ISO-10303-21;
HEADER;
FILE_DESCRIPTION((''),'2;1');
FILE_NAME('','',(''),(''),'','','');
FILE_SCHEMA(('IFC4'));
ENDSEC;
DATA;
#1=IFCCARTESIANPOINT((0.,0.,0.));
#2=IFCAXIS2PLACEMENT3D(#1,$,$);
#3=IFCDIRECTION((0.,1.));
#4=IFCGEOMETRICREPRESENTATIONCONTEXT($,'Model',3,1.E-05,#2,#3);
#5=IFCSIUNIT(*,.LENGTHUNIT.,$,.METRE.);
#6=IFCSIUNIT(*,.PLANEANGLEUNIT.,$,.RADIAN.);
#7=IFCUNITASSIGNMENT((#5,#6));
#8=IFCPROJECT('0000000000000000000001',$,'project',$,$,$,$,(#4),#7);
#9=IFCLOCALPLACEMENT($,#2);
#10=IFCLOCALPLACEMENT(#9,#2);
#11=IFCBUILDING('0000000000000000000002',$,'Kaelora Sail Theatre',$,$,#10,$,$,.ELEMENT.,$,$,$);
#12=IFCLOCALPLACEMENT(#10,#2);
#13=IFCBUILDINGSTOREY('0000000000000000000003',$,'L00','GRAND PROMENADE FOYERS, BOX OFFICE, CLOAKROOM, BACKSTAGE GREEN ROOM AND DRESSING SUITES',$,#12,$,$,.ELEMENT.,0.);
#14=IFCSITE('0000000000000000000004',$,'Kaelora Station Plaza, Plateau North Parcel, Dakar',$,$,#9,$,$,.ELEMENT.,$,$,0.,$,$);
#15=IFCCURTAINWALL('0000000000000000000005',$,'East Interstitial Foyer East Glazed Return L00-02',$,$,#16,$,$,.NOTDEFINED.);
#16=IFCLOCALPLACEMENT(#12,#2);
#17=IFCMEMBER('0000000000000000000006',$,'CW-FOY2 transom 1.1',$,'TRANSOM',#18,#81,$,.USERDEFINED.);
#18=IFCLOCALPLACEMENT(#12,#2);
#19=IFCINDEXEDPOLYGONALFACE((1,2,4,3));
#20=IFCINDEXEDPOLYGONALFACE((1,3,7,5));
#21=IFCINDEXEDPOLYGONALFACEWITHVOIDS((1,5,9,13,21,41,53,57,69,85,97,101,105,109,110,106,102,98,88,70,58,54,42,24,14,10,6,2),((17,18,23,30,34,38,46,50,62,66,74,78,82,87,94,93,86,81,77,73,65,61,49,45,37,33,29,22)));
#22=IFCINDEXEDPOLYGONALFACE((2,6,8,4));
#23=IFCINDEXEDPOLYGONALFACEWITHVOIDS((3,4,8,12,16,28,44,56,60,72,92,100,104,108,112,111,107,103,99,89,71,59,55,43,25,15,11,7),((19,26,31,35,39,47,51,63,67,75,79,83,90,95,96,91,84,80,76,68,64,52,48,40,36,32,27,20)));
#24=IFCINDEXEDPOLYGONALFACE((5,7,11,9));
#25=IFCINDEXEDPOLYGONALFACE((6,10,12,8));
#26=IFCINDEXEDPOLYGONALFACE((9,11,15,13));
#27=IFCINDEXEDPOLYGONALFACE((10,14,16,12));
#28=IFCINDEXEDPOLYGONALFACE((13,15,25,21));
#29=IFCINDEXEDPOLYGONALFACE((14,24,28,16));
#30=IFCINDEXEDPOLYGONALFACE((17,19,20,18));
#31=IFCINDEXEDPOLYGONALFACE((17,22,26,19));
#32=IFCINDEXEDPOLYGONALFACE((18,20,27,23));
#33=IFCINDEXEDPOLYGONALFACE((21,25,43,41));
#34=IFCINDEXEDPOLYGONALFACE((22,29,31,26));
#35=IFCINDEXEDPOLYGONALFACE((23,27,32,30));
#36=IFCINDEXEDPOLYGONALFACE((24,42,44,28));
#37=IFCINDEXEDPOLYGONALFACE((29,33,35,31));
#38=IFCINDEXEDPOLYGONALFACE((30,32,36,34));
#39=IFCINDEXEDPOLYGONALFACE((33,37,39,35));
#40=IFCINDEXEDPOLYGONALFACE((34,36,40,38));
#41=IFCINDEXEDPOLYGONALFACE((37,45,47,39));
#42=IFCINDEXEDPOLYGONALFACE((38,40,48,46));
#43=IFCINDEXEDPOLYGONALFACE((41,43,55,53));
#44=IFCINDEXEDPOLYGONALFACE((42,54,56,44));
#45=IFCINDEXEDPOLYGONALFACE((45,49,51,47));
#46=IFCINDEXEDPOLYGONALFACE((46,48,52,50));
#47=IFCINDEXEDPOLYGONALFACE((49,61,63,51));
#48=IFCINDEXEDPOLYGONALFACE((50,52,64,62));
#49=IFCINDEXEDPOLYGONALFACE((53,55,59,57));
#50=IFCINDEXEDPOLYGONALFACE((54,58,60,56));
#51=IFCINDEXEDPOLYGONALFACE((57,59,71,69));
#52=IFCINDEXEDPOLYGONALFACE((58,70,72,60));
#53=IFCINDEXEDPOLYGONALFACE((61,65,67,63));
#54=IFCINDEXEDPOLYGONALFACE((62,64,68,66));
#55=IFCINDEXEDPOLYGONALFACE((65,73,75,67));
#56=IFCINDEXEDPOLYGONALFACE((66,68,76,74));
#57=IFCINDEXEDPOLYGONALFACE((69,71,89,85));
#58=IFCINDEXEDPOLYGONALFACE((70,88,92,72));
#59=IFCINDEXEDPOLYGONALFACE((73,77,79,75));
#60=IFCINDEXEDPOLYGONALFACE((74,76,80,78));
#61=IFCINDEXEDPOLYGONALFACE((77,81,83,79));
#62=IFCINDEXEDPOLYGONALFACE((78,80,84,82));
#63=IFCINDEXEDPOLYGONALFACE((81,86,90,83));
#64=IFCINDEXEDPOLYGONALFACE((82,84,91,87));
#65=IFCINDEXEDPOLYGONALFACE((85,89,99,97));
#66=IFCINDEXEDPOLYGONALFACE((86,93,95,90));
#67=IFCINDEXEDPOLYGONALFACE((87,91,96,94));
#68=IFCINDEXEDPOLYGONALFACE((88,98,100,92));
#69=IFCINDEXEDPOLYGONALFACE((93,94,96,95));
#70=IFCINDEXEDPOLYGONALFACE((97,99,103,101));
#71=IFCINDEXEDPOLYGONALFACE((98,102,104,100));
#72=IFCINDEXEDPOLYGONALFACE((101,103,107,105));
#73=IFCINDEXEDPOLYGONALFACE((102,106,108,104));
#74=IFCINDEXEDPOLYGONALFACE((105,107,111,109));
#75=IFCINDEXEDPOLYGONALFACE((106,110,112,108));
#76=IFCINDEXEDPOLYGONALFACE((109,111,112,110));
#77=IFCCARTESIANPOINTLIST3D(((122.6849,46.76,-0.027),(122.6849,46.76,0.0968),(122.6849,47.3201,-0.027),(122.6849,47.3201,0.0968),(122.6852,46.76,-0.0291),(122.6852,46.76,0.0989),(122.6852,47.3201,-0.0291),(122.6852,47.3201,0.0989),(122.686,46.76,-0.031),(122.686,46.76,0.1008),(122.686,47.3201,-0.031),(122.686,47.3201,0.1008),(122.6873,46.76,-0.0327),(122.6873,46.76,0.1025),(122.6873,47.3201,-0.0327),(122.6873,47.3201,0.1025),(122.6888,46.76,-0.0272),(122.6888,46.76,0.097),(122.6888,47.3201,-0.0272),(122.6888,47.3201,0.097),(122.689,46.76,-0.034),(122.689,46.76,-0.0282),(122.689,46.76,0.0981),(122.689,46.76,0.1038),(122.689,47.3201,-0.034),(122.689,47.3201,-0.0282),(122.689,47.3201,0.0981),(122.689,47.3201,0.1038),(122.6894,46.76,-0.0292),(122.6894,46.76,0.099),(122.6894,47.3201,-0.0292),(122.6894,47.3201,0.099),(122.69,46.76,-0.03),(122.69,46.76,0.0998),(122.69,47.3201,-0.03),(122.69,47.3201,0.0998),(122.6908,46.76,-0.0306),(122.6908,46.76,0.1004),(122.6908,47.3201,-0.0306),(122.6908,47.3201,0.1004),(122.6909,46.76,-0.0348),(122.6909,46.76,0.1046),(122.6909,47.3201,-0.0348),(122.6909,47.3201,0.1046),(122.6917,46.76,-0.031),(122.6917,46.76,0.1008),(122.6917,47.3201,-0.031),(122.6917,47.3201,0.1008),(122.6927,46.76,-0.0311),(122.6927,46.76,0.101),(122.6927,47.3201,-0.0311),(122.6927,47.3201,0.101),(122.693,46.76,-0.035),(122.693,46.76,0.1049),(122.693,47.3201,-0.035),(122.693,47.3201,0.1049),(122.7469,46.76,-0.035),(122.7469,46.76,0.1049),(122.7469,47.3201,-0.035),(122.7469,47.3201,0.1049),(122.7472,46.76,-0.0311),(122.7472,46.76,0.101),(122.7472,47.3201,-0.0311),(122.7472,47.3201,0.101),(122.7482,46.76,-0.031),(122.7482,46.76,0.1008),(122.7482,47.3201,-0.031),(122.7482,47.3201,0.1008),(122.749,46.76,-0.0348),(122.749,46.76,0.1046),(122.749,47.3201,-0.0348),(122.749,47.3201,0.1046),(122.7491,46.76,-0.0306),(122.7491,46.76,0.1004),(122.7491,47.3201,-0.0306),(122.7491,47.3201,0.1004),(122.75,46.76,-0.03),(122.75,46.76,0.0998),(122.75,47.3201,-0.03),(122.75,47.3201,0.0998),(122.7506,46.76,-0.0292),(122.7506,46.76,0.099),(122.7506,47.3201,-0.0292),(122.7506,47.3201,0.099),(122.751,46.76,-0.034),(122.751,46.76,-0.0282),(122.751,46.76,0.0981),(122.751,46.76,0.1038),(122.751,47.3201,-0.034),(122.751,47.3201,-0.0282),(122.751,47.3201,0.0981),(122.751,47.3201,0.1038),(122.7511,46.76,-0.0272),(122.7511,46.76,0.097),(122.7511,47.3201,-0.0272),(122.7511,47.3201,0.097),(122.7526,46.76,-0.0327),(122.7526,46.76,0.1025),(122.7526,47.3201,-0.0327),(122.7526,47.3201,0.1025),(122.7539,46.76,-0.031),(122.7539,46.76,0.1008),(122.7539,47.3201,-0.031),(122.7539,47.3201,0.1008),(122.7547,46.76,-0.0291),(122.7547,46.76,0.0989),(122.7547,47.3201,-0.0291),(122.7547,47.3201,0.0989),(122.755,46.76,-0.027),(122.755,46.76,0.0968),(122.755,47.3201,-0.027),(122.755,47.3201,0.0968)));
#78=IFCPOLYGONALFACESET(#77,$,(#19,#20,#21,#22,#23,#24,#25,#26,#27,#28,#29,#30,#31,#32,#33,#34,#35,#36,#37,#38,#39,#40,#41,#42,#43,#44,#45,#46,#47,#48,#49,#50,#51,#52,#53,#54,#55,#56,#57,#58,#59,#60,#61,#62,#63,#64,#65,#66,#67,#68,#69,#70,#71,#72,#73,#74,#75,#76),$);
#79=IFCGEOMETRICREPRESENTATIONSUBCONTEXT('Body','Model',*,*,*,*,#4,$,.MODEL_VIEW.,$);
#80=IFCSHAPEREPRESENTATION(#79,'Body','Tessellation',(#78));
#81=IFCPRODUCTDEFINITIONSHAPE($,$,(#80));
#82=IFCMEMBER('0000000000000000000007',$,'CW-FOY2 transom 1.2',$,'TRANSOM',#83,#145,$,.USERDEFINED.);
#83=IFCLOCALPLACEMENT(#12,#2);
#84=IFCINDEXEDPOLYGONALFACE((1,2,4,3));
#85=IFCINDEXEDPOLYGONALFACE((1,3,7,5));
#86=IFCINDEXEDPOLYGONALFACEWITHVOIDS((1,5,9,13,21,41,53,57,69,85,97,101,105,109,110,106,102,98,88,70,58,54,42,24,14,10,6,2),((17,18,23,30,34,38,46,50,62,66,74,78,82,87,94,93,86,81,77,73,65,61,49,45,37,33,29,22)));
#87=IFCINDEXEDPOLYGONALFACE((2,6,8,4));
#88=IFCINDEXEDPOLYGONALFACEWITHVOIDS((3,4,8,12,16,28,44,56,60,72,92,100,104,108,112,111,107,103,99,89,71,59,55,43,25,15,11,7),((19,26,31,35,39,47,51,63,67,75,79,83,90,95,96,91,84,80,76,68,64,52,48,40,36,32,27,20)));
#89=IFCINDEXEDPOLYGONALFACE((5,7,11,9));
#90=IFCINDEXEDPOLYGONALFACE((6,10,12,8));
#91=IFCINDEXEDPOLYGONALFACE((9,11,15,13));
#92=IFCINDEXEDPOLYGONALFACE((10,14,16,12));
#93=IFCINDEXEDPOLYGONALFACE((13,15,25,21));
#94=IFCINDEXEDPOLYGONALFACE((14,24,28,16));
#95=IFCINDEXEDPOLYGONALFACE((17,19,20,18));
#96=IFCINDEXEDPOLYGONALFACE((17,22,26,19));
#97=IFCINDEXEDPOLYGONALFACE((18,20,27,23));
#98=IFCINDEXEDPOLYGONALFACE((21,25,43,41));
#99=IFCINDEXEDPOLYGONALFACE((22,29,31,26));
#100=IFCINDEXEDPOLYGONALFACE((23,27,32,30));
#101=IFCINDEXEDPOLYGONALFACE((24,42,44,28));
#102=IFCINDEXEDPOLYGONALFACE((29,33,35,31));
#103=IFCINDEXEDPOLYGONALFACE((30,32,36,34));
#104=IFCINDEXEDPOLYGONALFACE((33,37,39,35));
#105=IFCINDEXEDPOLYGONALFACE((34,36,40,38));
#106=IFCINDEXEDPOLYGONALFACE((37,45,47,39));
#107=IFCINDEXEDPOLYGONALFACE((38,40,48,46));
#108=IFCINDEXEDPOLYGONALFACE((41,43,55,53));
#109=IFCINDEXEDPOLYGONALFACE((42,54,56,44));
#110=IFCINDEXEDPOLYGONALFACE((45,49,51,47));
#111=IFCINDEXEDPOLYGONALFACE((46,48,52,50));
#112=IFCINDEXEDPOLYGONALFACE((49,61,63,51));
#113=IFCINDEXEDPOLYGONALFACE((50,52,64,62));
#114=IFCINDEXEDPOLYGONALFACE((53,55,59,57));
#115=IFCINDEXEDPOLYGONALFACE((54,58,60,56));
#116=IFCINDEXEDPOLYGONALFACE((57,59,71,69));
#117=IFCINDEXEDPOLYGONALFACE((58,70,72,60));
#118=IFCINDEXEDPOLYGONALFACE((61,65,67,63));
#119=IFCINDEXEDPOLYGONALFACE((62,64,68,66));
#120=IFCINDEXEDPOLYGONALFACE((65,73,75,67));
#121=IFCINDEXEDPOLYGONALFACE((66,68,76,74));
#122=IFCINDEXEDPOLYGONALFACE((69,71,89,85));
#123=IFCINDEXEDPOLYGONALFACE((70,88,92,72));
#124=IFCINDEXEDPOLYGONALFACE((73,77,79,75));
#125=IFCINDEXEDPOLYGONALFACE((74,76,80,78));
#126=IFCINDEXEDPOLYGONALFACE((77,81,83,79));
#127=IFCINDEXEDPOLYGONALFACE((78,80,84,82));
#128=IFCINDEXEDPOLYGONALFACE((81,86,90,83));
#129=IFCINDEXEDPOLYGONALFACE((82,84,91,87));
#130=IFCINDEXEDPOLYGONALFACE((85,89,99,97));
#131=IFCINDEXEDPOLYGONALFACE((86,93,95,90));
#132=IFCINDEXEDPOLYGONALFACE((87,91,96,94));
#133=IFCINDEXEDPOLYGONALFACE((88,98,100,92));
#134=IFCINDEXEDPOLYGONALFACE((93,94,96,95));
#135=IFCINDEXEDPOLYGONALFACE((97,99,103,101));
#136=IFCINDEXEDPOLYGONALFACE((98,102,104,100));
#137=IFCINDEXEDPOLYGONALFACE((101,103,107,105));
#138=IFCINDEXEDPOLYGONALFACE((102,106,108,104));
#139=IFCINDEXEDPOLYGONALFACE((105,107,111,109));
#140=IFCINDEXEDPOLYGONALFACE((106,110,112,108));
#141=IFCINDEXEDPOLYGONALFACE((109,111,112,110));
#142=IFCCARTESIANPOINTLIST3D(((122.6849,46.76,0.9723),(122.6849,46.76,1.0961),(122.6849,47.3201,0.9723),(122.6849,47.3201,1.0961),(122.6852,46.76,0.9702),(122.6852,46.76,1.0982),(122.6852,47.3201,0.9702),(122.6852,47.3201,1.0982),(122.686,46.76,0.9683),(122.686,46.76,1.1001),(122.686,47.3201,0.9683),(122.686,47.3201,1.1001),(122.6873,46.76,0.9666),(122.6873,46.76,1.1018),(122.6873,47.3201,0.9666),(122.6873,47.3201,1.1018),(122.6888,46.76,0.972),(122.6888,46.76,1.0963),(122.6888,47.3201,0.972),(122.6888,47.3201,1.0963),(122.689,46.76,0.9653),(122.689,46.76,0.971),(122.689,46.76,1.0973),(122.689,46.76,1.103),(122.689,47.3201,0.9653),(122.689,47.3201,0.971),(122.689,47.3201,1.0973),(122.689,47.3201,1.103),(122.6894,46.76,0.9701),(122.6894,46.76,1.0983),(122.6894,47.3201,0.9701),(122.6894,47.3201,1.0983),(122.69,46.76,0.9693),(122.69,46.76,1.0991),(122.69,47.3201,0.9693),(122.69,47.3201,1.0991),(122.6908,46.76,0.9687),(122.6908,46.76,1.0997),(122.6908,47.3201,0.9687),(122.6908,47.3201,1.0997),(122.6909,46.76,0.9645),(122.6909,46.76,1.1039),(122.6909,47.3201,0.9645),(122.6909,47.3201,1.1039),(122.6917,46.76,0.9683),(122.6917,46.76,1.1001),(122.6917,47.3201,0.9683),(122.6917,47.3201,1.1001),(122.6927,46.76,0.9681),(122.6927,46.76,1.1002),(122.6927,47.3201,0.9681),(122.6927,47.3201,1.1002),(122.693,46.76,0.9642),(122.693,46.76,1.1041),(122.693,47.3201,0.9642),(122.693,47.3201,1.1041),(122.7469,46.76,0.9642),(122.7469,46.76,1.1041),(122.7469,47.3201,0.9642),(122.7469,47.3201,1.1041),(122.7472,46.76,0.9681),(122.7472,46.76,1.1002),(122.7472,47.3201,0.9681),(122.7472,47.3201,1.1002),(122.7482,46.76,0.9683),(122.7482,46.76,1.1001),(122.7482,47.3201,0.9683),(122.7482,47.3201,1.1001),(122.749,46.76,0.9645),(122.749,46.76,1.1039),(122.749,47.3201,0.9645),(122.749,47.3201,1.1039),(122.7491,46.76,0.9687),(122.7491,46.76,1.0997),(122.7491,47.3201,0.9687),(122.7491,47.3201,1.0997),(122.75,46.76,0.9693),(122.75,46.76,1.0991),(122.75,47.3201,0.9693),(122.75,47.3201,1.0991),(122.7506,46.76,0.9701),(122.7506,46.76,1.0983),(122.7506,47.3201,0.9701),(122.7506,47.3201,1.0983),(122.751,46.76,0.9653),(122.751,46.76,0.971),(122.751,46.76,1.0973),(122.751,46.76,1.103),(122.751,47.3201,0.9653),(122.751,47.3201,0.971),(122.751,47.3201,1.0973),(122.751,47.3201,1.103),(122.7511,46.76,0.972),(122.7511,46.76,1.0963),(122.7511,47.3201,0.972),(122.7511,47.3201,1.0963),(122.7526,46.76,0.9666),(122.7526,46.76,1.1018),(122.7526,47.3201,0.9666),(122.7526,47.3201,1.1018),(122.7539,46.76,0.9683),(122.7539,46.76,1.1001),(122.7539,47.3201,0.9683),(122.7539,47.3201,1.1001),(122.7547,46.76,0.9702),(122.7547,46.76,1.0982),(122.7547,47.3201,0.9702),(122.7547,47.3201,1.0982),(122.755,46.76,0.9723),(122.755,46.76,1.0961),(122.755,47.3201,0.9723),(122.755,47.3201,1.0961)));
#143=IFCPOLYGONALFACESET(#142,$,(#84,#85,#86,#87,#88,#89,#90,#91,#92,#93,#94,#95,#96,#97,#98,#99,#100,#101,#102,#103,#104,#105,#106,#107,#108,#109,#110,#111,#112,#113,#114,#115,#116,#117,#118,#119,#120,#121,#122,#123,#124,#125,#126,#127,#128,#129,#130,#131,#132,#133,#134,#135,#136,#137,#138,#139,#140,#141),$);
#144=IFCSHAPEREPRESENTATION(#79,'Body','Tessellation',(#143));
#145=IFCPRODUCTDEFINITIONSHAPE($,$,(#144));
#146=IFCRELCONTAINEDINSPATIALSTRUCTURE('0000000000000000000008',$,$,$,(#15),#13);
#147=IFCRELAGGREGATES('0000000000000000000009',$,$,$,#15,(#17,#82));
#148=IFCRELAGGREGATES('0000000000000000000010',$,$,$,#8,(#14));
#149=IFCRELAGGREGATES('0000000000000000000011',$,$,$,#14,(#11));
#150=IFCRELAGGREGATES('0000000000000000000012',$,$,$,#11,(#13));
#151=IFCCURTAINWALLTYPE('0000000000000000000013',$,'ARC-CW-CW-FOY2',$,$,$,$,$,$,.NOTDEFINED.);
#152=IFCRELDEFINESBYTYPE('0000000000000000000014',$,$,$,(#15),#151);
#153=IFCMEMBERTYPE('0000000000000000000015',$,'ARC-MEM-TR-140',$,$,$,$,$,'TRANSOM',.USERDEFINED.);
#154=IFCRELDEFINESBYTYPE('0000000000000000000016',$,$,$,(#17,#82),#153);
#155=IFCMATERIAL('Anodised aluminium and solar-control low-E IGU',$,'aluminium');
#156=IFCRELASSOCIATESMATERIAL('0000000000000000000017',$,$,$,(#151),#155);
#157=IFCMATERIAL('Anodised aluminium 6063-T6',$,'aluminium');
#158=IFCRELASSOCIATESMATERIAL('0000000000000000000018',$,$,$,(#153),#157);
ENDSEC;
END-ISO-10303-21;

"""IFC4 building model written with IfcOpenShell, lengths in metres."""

from ifc_helpers import new_model, si_unit, direction, frame, origin, origin_2d, place, context, subcontext, project, spatial, hollow_rectangle, extrude, material, material_profile, profile_set, type_object, element, aggregate, save


model = new_model("IFC4")

# Units and contexts
model_context = context("Model", 3, precision=1e-05, world=origin(), true_north=direction((0.0, 1.0)))
body_context = subcontext(model_context, "Body", "Model", "MODEL_VIEW")
ifc_project = project(units=[si_unit("LENGTHUNIT", "METRE"), si_unit("PLANEANGLEUNIT", "RADIAN")], contexts=[model_context])

# Site, building, storey
site_placement = place(None, origin())
site = spatial("IfcSite", under=ifc_project, at=site_placement, Name="Kaelora Station Plaza, Plateau North Parcel, Dakar", CompositionType="ELEMENT", RefElevation=0.0)
building_placement = place(site_placement, origin())
building = spatial("IfcBuilding", under=site, at=building_placement, Name="Kaelora Sail Theatre", CompositionType="ELEMENT")
storey_placement = place(building_placement, origin())
storey = spatial("IfcBuildingStorey", under=building, at=storey_placement, Name="L00", Description="GRAND PROMENADE FOYERS, BOX OFFICE, CLOAKROOM, BACKSTAGE GREEN ROOM AND DRESSING SUITES", CompositionType="ELEMENT", Elevation=0.0)

# Curtain wall
ifc_material_1 = material(Name="Anodised aluminium and solar-control low-E IGU", Category="aluminium")
curtain_wall_type = type_object("IfcCurtainWallType", Name="ARC-CW-CW-FOY2", PredefinedType="NOTDEFINED", material=ifc_material_1)
curtain_wall_1_placement = place(storey_placement, origin())
curtain_wall_1 = element("IfcCurtainWall", 1, at=curtain_wall_1_placement, inside=storey, type_object=curtain_wall_type, Name="East Interstitial Foyer East Glazed Return L00-02", PredefinedType="NOTDEFINED")

# Members
ifc_material_2 = material(Name="Anodised aluminium 6063-T6", Category="aluminium")
ifc_material_profile_1 = material_profile(ifc_material_2, hollow_rectangle(XDim=0.0701, YDim=0.1399, WallThickness=0.0039, InnerFilletRadius=0.0039, OuterFilletRadius=0.0081, at=origin_2d()), Name="ALU-TRAN 70x140x4")
ifc_profile_set_1 = profile_set([ifc_material_profile_1], Name="Anodised aluminium 6063-T6")
member_type_1 = type_object("IfcMemberType", Name="ARC-MEM-TR-140", ElementType="TRANSOM", PredefinedType="USERDEFINED", material=ifc_profile_set_1)
member_1_placement = place(storey_placement, frame((122.72, 46.76, 0.0349), z_axis=(0.0, 1.0, 0.0), x_axis=(-1.0, 0.0, 0.0)))
member_1 = element("IfcMember", 2, at=member_1_placement, type_object=member_type_1, Name="CW-FOY2 transom 1.1", ObjectType="TRANSOM", PredefinedType="USERDEFINED", context=body_context, shape_type="SweptSolid", body=[
    extrude(hollow_rectangle(XDim=0.0701, YDim=0.1399, WallThickness=0.0039, InnerFilletRadius=0.0039, OuterFilletRadius=0.0081, at=origin_2d()), origin(), (0.0, 0.0, 1.0), 0.5601),
])
member_2_placement = place(storey_placement, frame((122.72, 46.76, 1.0342), z_axis=(0.0, 1.0, 0.0), x_axis=(-1.0, 0.0, 0.0)))
member_2 = element("IfcMember", 3, at=member_2_placement, type_object=member_type_1, Name="CW-FOY2 transom 1.2", ObjectType="TRANSOM", PredefinedType="USERDEFINED", context=body_context, shape_type="SweptSolid", body=[
    extrude(hollow_rectangle(XDim=0.0701, YDim=0.1399, WallThickness=0.0039, InnerFilletRadius=0.0039, OuterFilletRadius=0.0081, at=origin_2d()), origin(), (0.0, 0.0, 1.0), 0.5601),
])
aggregate(curtain_wall_1, [member_1, member_2])

save(model, "model.ifc")
